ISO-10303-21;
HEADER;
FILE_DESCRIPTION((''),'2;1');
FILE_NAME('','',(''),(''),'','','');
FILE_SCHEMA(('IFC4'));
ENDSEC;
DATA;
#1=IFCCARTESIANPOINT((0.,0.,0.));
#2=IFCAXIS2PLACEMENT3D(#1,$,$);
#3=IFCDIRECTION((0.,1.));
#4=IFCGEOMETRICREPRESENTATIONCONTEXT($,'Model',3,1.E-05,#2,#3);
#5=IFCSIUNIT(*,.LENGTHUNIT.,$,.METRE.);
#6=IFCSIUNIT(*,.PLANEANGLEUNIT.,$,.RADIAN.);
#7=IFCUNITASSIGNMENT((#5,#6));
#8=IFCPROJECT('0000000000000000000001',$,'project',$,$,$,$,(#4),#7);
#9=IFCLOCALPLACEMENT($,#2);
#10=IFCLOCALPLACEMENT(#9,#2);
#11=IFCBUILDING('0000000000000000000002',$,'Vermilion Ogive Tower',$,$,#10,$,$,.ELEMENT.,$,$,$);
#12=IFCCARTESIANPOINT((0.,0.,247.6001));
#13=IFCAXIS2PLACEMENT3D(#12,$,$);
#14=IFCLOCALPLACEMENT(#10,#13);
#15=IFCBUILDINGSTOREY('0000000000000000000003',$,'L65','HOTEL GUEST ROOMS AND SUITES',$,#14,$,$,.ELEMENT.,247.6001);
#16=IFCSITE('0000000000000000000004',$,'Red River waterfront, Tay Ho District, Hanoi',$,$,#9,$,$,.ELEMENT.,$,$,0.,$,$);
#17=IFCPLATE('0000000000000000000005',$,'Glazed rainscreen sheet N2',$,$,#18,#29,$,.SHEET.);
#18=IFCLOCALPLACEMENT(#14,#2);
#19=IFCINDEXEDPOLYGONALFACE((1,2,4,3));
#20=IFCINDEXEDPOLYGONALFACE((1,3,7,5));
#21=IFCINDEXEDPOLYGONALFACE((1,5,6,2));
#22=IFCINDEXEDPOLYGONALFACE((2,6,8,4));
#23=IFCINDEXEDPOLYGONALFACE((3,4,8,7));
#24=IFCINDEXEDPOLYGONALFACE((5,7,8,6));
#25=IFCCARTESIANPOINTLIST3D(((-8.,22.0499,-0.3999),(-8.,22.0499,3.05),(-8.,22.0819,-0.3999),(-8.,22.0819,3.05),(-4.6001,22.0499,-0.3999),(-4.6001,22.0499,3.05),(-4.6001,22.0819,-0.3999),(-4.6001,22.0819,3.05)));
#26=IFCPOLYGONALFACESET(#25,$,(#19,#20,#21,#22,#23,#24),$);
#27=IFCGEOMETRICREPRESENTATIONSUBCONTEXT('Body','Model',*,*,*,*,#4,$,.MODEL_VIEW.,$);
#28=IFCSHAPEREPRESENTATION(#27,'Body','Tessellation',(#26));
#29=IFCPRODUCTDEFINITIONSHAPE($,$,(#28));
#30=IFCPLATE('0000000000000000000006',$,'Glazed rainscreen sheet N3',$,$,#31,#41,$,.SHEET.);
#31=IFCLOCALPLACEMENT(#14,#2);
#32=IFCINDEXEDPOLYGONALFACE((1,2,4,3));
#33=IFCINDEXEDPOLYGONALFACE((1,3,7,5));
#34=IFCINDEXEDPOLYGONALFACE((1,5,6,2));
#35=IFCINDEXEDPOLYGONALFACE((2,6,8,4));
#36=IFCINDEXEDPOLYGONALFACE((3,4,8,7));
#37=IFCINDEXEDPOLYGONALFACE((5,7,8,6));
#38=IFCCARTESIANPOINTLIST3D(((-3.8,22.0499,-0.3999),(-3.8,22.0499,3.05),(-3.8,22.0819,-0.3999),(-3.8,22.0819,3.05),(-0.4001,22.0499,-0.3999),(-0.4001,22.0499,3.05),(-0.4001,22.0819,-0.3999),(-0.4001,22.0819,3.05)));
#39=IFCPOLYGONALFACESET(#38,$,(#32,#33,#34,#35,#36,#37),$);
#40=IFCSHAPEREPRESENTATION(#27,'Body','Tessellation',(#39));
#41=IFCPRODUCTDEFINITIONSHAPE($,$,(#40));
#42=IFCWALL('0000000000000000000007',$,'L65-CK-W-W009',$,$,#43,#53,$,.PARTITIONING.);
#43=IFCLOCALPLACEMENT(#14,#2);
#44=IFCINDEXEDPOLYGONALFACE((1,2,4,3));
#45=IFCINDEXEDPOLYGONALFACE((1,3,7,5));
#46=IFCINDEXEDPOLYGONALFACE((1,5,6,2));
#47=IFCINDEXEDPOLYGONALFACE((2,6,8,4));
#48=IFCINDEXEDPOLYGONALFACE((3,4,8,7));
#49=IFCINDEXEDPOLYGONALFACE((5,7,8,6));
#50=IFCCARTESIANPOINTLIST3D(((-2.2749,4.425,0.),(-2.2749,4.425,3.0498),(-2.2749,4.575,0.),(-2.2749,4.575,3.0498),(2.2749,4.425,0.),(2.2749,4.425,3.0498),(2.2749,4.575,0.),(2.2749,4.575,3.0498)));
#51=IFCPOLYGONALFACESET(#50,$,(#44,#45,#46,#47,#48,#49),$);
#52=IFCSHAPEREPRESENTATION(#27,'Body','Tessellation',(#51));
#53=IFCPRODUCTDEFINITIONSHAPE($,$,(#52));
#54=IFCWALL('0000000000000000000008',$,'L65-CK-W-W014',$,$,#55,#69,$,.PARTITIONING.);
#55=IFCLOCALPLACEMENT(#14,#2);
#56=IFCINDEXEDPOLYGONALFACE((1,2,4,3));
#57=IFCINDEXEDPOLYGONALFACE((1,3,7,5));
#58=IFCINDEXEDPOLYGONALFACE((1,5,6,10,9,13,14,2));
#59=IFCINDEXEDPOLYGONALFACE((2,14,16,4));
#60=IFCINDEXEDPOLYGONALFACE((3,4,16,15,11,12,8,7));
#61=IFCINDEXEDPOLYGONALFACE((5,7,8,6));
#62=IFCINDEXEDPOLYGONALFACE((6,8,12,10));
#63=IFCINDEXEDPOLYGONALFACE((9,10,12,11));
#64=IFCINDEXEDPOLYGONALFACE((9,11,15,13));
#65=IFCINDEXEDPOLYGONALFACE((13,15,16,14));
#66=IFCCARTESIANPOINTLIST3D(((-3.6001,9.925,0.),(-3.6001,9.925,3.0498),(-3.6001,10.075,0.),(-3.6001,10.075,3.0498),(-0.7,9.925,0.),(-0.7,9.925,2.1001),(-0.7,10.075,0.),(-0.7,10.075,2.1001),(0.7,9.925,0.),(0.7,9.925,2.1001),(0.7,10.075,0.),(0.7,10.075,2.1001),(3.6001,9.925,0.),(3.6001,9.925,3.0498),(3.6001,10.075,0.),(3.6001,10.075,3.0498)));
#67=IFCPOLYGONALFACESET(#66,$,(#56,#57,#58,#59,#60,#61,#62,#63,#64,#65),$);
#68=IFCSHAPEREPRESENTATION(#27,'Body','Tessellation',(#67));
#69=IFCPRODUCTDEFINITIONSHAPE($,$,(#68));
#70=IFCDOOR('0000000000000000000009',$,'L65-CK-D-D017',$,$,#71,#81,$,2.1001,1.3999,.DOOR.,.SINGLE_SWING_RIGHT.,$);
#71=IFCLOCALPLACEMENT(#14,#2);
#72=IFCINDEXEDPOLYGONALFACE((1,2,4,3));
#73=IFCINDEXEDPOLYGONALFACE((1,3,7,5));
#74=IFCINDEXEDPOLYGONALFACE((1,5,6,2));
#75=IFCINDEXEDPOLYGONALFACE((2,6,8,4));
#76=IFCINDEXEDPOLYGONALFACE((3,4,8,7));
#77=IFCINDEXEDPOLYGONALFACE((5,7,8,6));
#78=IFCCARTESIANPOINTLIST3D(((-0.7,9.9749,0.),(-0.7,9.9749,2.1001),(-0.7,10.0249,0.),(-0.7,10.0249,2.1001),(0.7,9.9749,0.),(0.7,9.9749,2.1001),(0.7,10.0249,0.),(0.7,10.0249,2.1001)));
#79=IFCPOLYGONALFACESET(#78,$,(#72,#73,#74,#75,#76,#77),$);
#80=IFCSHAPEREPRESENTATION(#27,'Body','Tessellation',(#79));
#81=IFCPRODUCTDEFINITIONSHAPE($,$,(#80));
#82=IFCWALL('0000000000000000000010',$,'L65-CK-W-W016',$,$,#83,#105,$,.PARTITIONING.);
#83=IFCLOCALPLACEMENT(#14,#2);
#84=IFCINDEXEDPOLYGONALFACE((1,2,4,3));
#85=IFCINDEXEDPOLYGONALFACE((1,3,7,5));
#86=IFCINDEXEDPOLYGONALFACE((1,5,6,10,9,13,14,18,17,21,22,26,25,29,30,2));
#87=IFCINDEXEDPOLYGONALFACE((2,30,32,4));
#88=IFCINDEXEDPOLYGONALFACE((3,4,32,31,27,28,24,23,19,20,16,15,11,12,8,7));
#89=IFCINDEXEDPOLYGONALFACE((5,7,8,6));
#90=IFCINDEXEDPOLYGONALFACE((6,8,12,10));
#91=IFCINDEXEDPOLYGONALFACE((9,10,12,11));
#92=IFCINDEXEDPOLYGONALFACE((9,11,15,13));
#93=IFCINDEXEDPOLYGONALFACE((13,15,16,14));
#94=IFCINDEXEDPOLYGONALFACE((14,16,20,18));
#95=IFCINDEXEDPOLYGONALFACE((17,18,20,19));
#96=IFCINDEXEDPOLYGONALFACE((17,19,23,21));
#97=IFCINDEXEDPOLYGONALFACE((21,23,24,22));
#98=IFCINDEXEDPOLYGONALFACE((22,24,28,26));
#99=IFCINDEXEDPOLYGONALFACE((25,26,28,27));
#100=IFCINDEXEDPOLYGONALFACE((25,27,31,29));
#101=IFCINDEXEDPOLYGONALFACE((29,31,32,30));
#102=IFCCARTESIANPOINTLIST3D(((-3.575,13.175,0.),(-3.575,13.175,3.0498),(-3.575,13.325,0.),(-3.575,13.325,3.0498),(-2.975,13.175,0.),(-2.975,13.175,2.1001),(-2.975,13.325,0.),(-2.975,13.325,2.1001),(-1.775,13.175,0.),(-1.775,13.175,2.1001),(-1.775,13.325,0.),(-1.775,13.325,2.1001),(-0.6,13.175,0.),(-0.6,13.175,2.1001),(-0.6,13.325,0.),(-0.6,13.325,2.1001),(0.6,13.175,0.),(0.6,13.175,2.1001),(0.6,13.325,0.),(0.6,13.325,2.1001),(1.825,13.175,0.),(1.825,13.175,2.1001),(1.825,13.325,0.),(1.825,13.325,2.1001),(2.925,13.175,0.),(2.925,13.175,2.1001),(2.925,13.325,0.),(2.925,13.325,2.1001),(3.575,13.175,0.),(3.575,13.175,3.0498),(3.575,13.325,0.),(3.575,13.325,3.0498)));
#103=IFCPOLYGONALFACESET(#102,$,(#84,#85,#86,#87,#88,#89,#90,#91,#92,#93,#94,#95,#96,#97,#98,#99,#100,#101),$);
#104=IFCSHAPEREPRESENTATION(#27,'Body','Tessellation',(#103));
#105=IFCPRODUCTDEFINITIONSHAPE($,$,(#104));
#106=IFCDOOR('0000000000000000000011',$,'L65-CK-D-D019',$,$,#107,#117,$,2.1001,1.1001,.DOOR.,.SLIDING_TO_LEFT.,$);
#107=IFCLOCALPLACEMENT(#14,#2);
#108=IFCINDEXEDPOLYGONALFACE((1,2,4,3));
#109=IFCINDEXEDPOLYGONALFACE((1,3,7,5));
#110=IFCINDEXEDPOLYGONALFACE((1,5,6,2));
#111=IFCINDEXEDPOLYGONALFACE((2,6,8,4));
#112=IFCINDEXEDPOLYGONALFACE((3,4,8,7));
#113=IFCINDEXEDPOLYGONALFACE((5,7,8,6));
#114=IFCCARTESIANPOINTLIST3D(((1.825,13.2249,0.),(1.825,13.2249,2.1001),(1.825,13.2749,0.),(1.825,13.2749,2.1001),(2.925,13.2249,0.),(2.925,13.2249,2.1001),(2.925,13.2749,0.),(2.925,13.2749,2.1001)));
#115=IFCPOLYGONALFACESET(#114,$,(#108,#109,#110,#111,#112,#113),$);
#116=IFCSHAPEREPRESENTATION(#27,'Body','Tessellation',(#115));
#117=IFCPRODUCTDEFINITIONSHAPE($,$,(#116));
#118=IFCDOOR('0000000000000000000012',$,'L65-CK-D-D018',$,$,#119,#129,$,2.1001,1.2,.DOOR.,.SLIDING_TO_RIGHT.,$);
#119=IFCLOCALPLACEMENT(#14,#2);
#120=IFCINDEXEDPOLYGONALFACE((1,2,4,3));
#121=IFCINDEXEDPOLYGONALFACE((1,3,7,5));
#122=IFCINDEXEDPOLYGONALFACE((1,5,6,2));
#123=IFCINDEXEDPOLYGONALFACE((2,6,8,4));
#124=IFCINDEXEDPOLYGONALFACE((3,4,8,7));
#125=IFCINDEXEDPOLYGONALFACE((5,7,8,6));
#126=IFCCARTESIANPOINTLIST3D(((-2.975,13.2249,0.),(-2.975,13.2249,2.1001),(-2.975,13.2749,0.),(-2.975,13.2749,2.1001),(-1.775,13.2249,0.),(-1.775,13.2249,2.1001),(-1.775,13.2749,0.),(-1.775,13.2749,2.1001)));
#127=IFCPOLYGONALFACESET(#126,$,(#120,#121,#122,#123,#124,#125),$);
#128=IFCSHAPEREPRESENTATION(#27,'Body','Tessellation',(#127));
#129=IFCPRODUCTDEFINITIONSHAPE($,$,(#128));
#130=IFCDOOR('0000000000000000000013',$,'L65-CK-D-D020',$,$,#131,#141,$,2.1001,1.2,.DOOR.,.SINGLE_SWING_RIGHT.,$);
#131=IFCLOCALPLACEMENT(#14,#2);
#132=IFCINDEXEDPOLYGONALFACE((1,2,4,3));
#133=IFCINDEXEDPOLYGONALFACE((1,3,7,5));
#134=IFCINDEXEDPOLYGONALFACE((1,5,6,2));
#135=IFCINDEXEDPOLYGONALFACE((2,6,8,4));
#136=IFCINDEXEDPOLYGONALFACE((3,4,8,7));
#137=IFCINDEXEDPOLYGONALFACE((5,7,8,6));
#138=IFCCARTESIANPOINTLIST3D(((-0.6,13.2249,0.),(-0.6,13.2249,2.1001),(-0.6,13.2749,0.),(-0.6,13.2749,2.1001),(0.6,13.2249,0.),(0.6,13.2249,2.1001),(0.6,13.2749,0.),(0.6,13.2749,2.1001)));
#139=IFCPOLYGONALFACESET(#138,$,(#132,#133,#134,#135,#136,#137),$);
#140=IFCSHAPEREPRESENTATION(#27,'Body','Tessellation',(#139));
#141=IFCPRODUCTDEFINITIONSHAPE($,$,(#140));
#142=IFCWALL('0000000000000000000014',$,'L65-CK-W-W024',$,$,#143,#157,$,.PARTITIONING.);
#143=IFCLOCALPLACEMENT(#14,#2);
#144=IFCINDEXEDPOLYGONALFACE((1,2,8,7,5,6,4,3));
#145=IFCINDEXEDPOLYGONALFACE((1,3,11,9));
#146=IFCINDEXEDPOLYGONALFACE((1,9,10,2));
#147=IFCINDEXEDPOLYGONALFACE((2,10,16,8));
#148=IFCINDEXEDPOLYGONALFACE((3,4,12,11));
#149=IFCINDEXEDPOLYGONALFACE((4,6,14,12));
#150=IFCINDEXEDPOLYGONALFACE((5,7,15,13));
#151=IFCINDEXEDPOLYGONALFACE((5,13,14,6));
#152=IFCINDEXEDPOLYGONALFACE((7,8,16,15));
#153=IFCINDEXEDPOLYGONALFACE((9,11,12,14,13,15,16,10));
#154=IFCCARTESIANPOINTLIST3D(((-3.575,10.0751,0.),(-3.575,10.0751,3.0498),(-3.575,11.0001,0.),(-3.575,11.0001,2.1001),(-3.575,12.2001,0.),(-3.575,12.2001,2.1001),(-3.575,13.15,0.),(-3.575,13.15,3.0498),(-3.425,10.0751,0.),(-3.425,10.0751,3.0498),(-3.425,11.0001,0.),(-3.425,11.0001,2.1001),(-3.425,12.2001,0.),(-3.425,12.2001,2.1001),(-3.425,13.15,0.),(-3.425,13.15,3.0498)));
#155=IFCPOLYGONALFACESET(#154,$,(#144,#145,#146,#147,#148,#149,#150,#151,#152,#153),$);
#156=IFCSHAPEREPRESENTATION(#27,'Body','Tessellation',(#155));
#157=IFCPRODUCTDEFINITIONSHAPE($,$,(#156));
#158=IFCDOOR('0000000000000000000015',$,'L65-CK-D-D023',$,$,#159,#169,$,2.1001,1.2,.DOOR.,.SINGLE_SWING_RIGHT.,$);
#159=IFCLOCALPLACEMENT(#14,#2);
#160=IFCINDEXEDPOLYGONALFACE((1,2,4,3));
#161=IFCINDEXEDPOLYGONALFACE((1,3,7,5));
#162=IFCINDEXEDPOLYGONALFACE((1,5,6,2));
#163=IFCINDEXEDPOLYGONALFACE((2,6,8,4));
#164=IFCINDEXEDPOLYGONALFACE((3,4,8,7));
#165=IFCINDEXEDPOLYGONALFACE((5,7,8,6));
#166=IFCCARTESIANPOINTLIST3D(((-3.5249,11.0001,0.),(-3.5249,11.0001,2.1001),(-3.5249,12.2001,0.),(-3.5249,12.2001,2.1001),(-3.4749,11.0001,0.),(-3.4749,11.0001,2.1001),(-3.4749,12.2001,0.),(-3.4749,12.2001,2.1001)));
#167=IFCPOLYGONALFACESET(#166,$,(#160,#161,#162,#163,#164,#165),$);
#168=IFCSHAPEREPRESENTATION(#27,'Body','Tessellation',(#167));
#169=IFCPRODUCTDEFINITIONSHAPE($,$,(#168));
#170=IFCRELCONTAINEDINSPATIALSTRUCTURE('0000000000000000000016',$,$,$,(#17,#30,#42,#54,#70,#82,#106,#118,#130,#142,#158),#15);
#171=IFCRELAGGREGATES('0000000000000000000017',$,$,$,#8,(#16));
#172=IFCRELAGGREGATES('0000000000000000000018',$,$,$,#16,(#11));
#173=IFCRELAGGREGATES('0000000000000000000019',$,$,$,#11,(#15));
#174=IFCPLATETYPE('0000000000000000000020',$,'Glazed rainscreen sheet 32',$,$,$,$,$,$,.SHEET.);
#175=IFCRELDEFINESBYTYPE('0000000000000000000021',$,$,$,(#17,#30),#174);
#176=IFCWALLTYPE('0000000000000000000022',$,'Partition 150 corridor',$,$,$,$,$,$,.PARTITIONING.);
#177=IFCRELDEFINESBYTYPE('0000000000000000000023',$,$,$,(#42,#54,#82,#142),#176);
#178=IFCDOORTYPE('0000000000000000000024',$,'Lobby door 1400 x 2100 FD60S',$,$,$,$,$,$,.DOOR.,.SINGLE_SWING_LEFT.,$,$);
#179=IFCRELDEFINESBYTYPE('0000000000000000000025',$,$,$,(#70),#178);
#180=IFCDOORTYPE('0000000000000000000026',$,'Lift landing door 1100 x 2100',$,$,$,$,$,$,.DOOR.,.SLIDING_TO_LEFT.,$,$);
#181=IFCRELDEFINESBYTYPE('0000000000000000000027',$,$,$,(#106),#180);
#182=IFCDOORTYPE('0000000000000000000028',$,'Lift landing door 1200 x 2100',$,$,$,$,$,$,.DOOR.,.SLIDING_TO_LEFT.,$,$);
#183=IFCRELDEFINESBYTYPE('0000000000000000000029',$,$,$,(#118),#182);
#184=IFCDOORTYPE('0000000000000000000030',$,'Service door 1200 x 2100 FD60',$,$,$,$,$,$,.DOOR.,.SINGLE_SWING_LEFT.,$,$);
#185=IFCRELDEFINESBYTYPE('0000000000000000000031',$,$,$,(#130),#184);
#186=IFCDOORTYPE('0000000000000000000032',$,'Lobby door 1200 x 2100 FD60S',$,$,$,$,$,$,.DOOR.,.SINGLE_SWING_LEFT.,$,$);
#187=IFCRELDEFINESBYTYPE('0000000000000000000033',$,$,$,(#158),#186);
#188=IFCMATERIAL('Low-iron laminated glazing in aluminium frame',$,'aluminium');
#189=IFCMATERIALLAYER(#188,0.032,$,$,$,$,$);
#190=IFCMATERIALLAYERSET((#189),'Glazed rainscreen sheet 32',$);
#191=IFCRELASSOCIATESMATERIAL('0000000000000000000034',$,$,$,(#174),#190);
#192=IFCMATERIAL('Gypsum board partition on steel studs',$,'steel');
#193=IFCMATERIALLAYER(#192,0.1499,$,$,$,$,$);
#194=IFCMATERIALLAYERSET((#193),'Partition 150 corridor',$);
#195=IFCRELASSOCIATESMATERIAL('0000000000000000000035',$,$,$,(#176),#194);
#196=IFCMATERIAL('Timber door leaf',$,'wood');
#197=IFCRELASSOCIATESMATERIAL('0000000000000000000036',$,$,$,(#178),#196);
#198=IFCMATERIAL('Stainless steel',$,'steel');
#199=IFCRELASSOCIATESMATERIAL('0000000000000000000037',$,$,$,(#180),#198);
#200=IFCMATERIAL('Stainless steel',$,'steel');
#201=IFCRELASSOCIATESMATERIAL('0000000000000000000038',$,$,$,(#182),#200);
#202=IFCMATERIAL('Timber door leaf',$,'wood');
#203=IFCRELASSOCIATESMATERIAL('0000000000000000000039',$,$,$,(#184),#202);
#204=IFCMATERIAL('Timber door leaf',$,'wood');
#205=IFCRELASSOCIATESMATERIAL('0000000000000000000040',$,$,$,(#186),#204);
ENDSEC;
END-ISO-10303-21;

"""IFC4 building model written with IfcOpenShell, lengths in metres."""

from ifc_helpers import new_model, si_unit, direction, frame, frame_2d, origin, origin_2d, place, context, subcontext, project, spatial, rectangle, extrude, material, layer, layer_set, type_object, element, fill, save


model = new_model("IFC4")

# Units and contexts
model_context = context("Model", 3, precision=1e-05, world=origin(), true_north=direction((0.0, 1.0)))
body_context = subcontext(model_context, "Body", "Model", "MODEL_VIEW")
ifc_project = project(units=[si_unit("LENGTHUNIT", "METRE"), si_unit("PLANEANGLEUNIT", "RADIAN")], contexts=[model_context])

# Site, building, storey
site_placement = place(None, origin())
site = spatial("IfcSite", under=ifc_project, at=site_placement, Name="Red River waterfront, Tay Ho District, Hanoi", CompositionType="ELEMENT", RefElevation=0.0)
building_placement = place(site_placement, origin())
building = spatial("IfcBuilding", under=site, at=building_placement, Name="Vermilion Ogive Tower", CompositionType="ELEMENT")
storey_placement = place(building_placement, frame((0.0, 0.0, 247.6001)))
storey = spatial("IfcBuildingStorey", under=building, at=storey_placement, Name="L65", Description="HOTEL GUEST ROOMS AND SUITES", CompositionType="ELEMENT", Elevation=247.6001)

# Plates
ifc_material_1 = material(Name="Low-iron laminated glazing in aluminium frame", Category="aluminium")
ifc_layer_1 = layer(ifc_material_1, 0.032)
ifc_layer_set_1 = layer_set([ifc_layer_1], Name="Glazed rainscreen sheet 32")
plate_type = type_object("IfcPlateType", Name="Glazed rainscreen sheet 32", PredefinedType="SHEET", material=ifc_layer_set_1)
for number, where, z_axis, x_axis, name in (
    (1, (-6.3, 22.0659, -0.3999), (0.0, 0.0, 1.0), (1.0, 0.0, 0.0), "Glazed rainscreen sheet N2"),
    (2, (-2.1001, 22.0659, -0.3999), (0.0, 0.0, 1.0), (1.0, 0.0, 0.0), "Glazed rainscreen sheet N3"),
):
    element("IfcPlate", number, at=place(storey_placement, frame(where, z_axis=z_axis, x_axis=x_axis)), inside=storey, type_object=plate_type, Name=name, PredefinedType="SHEET", context=body_context, shape_type="SweptSolid", body=[
        extrude(rectangle(XDim=3.3999, YDim=0.032, at=origin_2d()), origin(), (0.0, 0.0, 1.0), 3.45),
    ])

# Wall
ifc_material_2 = material(Name="Gypsum board partition on steel studs", Category="steel")
ifc_layer_2 = layer(ifc_material_2, 0.1499)
ifc_layer_set_2 = layer_set([ifc_layer_2], Name="Partition 150 corridor")
wall_type_1 = type_object("IfcWallType", Name="Partition 150 corridor", PredefinedType="PARTITIONING", material=ifc_layer_set_2)
wall_1_placement = place(storey_placement, frame((-2.2749, 4.5, 0.0), z_axis=(0.0, 0.0, 1.0), x_axis=(1.0, 0.0, 0.0)))
element("IfcWall", 3, at=wall_1_placement, inside=storey, type_object=wall_type_1, Name="L65-CK-W-W009", PredefinedType="PARTITIONING", context=body_context, shape_type="SweptSolid", body=[
    extrude(rectangle(XDim=4.5498, YDim=0.1499, at=frame_2d((2.2749, 0.0))), origin(), (0.0, 0.0, 1.0), 3.0498),
])

# Wall, opening, door
wall_2_placement = place(storey_placement, frame((-3.6001, 10.0, 0.0), z_axis=(0.0, 0.0, 1.0), x_axis=(1.0, 0.0, 0.0)))
wall_2 = element("IfcWall", 4, at=wall_2_placement, inside=storey, type_object=wall_type_1, Name="L65-CK-W-W014", PredefinedType="PARTITIONING", context=body_context, shape_type="SweptSolid", body=[
    extrude(rectangle(XDim=7.2002, YDim=0.1499, at=frame_2d((3.6001, 0.0))), origin(), (0.0, 0.0, 1.0), 3.0498),
])
opening_1_placement = place(wall_2_placement, frame((2.9001, 0.0, 0.0)))
opening_1 = element("IfcOpeningElement", 5, at=opening_1_placement, cuts=wall_2, PredefinedType="OPENING", context=body_context, shape_type="SweptSolid", body=[
    extrude(rectangle(XDim=1.3999, YDim=2.1001, at=frame_2d((0.7, 1.05))), frame((0.0, 0.085, 0.0), z_axis=(0.0, -1.0, 0.0), x_axis=(1.0, 0.0, 0.0)), (0.0, 0.0, 1.0), 0.1699),
])
ifc_material_3 = material(Name="Timber door leaf", Category="wood")
door_type_1 = type_object("IfcDoorType", Name="Lobby door 1400 x 2100 FD60S", OperationType="SINGLE_SWING_LEFT", PredefinedType="DOOR", material=ifc_material_3)
door_1_placement = place(opening_1_placement, origin())
door_1 = element("IfcDoor", 6, at=door_1_placement, inside=storey, type_object=door_type_1, Name="L65-CK-D-D017", OperationType="SINGLE_SWING_RIGHT", OverallHeight=2.1001, OverallWidth=1.3999, PredefinedType="DOOR", context=body_context, shape_type="SweptSolid", body=[
    extrude(rectangle(XDim=1.3999, YDim=2.1001, at=frame_2d((0.7, 1.05))), frame((0.0, 0.0249, 0.0), z_axis=(0.0, -1.0, 0.0), x_axis=(1.0, 0.0, 0.0)), (0.0, 0.0, 1.0), 0.05),
])
fill(opening_1, door_1)

# Wall, openings, doors
wall_3_placement = place(storey_placement, frame((-3.575, 13.25, 0.0), z_axis=(0.0, 0.0, 1.0), x_axis=(1.0, 0.0, 0.0)))
wall_3 = element("IfcWall", 7, at=wall_3_placement, inside=storey, type_object=wall_type_1, Name="L65-CK-W-W016", PredefinedType="PARTITIONING", context=body_context, shape_type="SweptSolid", body=[
    extrude(rectangle(XDim=7.1499, YDim=0.1499, at=frame_2d((3.575, 0.0))), origin(), (0.0, 0.0, 1.0), 3.0498),
])
opening_2_placement = place(wall_3_placement, frame((0.5999, 0.0, 0.0)))
opening_2 = element("IfcOpeningElement", 8, at=opening_2_placement, cuts=wall_3, PredefinedType="OPENING", context=body_context, shape_type="SweptSolid", body=[
    extrude(rectangle(XDim=1.2, YDim=2.1001, at=frame_2d((0.6001, 1.05))), frame((0.0, 0.085, 0.0), z_axis=(0.0, -1.0, 0.0), x_axis=(1.0, 0.0, 0.0)), (0.0, 0.0, 1.0), 0.1699),
])
opening_3_placement = place(wall_3_placement, frame((5.3999, 0.0, 0.0)))
opening_3 = element("IfcOpeningElement", 9, at=opening_3_placement, cuts=wall_3, PredefinedType="OPENING", context=body_context, shape_type="SweptSolid", body=[
    extrude(rectangle(XDim=1.1001, YDim=2.1001, at=frame_2d((0.55, 1.05))), frame((0.0, 0.085, 0.0), z_axis=(0.0, -1.0, 0.0), x_axis=(1.0, 0.0, 0.0)), (0.0, 0.0, 1.0), 0.1699),
])
opening_4_placement = place(wall_3_placement, frame((2.9749, 0.0, 0.0)))
opening_4 = element("IfcOpeningElement", 10, at=opening_4_placement, cuts=wall_3, PredefinedType="OPENING", context=body_context, shape_type="SweptSolid", body=[
    extrude(rectangle(XDim=1.2, YDim=2.1001, at=frame_2d((0.6001, 1.05))), frame((0.0, 0.085, 0.0), z_axis=(0.0, -1.0, 0.0), x_axis=(1.0, 0.0, 0.0)), (0.0, 0.0, 1.0), 0.1699),
])
ifc_material_4 = material(Name="Stainless steel", Category="steel")
door_type_2 = type_object("IfcDoorType", Name="Lift landing door 1100 x 2100", OperationType="SLIDING_TO_LEFT", PredefinedType="DOOR", material=ifc_material_4)
door_2_placement = place(opening_3_placement, origin())
door_2 = element("IfcDoor", 11, at=door_2_placement, inside=storey, type_object=door_type_2, Name="L65-CK-D-D019", OperationType="SLIDING_TO_LEFT", OverallHeight=2.1001, OverallWidth=1.1001, PredefinedType="DOOR", context=body_context, shape_type="SweptSolid", body=[
    extrude(rectangle(XDim=1.1001, YDim=2.1001, at=frame_2d((0.55, 1.05))), frame((0.0, 0.0249, 0.0), z_axis=(0.0, -1.0, 0.0), x_axis=(1.0, 0.0, 0.0)), (0.0, 0.0, 1.0), 0.05),
])
fill(opening_3, door_2)
ifc_material_5 = material(Name="Stainless steel", Category="steel")
door_type_3 = type_object("IfcDoorType", Name="Lift landing door 1200 x 2100", OperationType="SLIDING_TO_LEFT", PredefinedType="DOOR", material=ifc_material_5)
door_3_placement = place(opening_2_placement, origin())
door_3 = element("IfcDoor", 12, at=door_3_placement, inside=storey, type_object=door_type_3, Name="L65-CK-D-D018", OperationType="SLIDING_TO_RIGHT", OverallHeight=2.1001, OverallWidth=1.2, PredefinedType="DOOR", context=body_context, shape_type="SweptSolid", body=[
    extrude(rectangle(XDim=1.2, YDim=2.1001, at=frame_2d((0.6001, 1.05))), frame((0.0, 0.0249, 0.0), z_axis=(0.0, -1.0, 0.0), x_axis=(1.0, 0.0, 0.0)), (0.0, 0.0, 1.0), 0.05),
])
fill(opening_2, door_3)
ifc_material_6 = material(Name="Timber door leaf", Category="wood")
door_type_4 = type_object("IfcDoorType", Name="Service door 1200 x 2100 FD60", OperationType="SINGLE_SWING_LEFT", PredefinedType="DOOR", material=ifc_material_6)
door_4_placement = place(opening_4_placement, origin())
door_4 = element("IfcDoor", 13, at=door_4_placement, inside=storey, type_object=door_type_4, Name="L65-CK-D-D020", OperationType="SINGLE_SWING_RIGHT", OverallHeight=2.1001, OverallWidth=1.2, PredefinedType="DOOR", context=body_context, shape_type="SweptSolid", body=[
    extrude(rectangle(XDim=1.2, YDim=2.1001, at=frame_2d((0.6001, 1.05))), frame((0.0, 0.0249, 0.0), z_axis=(0.0, -1.0, 0.0), x_axis=(1.0, 0.0, 0.0)), (0.0, 0.0, 1.0), 0.05),
])
fill(opening_4, door_4)

# Wall, opening, door
wall_4_placement = place(storey_placement, frame((-3.5, 10.075, 0.0), z_axis=(0.0, 0.0, 1.0), x_axis=(0.0, 1.0, 0.0)))
wall_4 = element("IfcWall", 14, at=wall_4_placement, inside=storey, type_object=wall_type_1, Name="L65-CK-W-W024", PredefinedType="PARTITIONING", context=body_context, shape_type="SweptSolid", body=[
    extrude(rectangle(XDim=3.075, YDim=0.1499, at=frame_2d((1.5376, 0.0))), origin(), (0.0, 0.0, 1.0), 3.0498),
])
opening_5_placement = place(wall_4_placement, frame((0.925, 0.0, 0.0)))
opening_5 = element("IfcOpeningElement", 15, at=opening_5_placement, cuts=wall_4, PredefinedType="OPENING", context=body_context, shape_type="SweptSolid", body=[
    extrude(rectangle(XDim=1.2, YDim=2.1001, at=frame_2d((0.6001, 1.05))), frame((0.0, 0.085, 0.0), z_axis=(0.0, -1.0, 0.0), x_axis=(1.0, 0.0, 0.0)), (0.0, 0.0, 1.0), 0.1699),
])
ifc_material_7 = material(Name="Timber door leaf", Category="wood")
door_type_5 = type_object("IfcDoorType", Name="Lobby door 1200 x 2100 FD60S", OperationType="SINGLE_SWING_LEFT", PredefinedType="DOOR", material=ifc_material_7)
door_5_placement = place(opening_5_placement, origin())
door_5 = element("IfcDoor", 16, at=door_5_placement, inside=storey, type_object=door_type_5, Name="L65-CK-D-D023", OperationType="SINGLE_SWING_RIGHT", OverallHeight=2.1001, OverallWidth=1.2, PredefinedType="DOOR", context=body_context, shape_type="SweptSolid", body=[
    extrude(rectangle(XDim=1.2, YDim=2.1001, at=frame_2d((0.6001, 1.05))), frame((0.0, 0.0249, 0.0), z_axis=(0.0, -1.0, 0.0), x_axis=(1.0, 0.0, 0.0)), (0.0, 0.0, 1.0), 0.05),
])
fill(opening_5, door_5)

save(model, "model.ifc")
